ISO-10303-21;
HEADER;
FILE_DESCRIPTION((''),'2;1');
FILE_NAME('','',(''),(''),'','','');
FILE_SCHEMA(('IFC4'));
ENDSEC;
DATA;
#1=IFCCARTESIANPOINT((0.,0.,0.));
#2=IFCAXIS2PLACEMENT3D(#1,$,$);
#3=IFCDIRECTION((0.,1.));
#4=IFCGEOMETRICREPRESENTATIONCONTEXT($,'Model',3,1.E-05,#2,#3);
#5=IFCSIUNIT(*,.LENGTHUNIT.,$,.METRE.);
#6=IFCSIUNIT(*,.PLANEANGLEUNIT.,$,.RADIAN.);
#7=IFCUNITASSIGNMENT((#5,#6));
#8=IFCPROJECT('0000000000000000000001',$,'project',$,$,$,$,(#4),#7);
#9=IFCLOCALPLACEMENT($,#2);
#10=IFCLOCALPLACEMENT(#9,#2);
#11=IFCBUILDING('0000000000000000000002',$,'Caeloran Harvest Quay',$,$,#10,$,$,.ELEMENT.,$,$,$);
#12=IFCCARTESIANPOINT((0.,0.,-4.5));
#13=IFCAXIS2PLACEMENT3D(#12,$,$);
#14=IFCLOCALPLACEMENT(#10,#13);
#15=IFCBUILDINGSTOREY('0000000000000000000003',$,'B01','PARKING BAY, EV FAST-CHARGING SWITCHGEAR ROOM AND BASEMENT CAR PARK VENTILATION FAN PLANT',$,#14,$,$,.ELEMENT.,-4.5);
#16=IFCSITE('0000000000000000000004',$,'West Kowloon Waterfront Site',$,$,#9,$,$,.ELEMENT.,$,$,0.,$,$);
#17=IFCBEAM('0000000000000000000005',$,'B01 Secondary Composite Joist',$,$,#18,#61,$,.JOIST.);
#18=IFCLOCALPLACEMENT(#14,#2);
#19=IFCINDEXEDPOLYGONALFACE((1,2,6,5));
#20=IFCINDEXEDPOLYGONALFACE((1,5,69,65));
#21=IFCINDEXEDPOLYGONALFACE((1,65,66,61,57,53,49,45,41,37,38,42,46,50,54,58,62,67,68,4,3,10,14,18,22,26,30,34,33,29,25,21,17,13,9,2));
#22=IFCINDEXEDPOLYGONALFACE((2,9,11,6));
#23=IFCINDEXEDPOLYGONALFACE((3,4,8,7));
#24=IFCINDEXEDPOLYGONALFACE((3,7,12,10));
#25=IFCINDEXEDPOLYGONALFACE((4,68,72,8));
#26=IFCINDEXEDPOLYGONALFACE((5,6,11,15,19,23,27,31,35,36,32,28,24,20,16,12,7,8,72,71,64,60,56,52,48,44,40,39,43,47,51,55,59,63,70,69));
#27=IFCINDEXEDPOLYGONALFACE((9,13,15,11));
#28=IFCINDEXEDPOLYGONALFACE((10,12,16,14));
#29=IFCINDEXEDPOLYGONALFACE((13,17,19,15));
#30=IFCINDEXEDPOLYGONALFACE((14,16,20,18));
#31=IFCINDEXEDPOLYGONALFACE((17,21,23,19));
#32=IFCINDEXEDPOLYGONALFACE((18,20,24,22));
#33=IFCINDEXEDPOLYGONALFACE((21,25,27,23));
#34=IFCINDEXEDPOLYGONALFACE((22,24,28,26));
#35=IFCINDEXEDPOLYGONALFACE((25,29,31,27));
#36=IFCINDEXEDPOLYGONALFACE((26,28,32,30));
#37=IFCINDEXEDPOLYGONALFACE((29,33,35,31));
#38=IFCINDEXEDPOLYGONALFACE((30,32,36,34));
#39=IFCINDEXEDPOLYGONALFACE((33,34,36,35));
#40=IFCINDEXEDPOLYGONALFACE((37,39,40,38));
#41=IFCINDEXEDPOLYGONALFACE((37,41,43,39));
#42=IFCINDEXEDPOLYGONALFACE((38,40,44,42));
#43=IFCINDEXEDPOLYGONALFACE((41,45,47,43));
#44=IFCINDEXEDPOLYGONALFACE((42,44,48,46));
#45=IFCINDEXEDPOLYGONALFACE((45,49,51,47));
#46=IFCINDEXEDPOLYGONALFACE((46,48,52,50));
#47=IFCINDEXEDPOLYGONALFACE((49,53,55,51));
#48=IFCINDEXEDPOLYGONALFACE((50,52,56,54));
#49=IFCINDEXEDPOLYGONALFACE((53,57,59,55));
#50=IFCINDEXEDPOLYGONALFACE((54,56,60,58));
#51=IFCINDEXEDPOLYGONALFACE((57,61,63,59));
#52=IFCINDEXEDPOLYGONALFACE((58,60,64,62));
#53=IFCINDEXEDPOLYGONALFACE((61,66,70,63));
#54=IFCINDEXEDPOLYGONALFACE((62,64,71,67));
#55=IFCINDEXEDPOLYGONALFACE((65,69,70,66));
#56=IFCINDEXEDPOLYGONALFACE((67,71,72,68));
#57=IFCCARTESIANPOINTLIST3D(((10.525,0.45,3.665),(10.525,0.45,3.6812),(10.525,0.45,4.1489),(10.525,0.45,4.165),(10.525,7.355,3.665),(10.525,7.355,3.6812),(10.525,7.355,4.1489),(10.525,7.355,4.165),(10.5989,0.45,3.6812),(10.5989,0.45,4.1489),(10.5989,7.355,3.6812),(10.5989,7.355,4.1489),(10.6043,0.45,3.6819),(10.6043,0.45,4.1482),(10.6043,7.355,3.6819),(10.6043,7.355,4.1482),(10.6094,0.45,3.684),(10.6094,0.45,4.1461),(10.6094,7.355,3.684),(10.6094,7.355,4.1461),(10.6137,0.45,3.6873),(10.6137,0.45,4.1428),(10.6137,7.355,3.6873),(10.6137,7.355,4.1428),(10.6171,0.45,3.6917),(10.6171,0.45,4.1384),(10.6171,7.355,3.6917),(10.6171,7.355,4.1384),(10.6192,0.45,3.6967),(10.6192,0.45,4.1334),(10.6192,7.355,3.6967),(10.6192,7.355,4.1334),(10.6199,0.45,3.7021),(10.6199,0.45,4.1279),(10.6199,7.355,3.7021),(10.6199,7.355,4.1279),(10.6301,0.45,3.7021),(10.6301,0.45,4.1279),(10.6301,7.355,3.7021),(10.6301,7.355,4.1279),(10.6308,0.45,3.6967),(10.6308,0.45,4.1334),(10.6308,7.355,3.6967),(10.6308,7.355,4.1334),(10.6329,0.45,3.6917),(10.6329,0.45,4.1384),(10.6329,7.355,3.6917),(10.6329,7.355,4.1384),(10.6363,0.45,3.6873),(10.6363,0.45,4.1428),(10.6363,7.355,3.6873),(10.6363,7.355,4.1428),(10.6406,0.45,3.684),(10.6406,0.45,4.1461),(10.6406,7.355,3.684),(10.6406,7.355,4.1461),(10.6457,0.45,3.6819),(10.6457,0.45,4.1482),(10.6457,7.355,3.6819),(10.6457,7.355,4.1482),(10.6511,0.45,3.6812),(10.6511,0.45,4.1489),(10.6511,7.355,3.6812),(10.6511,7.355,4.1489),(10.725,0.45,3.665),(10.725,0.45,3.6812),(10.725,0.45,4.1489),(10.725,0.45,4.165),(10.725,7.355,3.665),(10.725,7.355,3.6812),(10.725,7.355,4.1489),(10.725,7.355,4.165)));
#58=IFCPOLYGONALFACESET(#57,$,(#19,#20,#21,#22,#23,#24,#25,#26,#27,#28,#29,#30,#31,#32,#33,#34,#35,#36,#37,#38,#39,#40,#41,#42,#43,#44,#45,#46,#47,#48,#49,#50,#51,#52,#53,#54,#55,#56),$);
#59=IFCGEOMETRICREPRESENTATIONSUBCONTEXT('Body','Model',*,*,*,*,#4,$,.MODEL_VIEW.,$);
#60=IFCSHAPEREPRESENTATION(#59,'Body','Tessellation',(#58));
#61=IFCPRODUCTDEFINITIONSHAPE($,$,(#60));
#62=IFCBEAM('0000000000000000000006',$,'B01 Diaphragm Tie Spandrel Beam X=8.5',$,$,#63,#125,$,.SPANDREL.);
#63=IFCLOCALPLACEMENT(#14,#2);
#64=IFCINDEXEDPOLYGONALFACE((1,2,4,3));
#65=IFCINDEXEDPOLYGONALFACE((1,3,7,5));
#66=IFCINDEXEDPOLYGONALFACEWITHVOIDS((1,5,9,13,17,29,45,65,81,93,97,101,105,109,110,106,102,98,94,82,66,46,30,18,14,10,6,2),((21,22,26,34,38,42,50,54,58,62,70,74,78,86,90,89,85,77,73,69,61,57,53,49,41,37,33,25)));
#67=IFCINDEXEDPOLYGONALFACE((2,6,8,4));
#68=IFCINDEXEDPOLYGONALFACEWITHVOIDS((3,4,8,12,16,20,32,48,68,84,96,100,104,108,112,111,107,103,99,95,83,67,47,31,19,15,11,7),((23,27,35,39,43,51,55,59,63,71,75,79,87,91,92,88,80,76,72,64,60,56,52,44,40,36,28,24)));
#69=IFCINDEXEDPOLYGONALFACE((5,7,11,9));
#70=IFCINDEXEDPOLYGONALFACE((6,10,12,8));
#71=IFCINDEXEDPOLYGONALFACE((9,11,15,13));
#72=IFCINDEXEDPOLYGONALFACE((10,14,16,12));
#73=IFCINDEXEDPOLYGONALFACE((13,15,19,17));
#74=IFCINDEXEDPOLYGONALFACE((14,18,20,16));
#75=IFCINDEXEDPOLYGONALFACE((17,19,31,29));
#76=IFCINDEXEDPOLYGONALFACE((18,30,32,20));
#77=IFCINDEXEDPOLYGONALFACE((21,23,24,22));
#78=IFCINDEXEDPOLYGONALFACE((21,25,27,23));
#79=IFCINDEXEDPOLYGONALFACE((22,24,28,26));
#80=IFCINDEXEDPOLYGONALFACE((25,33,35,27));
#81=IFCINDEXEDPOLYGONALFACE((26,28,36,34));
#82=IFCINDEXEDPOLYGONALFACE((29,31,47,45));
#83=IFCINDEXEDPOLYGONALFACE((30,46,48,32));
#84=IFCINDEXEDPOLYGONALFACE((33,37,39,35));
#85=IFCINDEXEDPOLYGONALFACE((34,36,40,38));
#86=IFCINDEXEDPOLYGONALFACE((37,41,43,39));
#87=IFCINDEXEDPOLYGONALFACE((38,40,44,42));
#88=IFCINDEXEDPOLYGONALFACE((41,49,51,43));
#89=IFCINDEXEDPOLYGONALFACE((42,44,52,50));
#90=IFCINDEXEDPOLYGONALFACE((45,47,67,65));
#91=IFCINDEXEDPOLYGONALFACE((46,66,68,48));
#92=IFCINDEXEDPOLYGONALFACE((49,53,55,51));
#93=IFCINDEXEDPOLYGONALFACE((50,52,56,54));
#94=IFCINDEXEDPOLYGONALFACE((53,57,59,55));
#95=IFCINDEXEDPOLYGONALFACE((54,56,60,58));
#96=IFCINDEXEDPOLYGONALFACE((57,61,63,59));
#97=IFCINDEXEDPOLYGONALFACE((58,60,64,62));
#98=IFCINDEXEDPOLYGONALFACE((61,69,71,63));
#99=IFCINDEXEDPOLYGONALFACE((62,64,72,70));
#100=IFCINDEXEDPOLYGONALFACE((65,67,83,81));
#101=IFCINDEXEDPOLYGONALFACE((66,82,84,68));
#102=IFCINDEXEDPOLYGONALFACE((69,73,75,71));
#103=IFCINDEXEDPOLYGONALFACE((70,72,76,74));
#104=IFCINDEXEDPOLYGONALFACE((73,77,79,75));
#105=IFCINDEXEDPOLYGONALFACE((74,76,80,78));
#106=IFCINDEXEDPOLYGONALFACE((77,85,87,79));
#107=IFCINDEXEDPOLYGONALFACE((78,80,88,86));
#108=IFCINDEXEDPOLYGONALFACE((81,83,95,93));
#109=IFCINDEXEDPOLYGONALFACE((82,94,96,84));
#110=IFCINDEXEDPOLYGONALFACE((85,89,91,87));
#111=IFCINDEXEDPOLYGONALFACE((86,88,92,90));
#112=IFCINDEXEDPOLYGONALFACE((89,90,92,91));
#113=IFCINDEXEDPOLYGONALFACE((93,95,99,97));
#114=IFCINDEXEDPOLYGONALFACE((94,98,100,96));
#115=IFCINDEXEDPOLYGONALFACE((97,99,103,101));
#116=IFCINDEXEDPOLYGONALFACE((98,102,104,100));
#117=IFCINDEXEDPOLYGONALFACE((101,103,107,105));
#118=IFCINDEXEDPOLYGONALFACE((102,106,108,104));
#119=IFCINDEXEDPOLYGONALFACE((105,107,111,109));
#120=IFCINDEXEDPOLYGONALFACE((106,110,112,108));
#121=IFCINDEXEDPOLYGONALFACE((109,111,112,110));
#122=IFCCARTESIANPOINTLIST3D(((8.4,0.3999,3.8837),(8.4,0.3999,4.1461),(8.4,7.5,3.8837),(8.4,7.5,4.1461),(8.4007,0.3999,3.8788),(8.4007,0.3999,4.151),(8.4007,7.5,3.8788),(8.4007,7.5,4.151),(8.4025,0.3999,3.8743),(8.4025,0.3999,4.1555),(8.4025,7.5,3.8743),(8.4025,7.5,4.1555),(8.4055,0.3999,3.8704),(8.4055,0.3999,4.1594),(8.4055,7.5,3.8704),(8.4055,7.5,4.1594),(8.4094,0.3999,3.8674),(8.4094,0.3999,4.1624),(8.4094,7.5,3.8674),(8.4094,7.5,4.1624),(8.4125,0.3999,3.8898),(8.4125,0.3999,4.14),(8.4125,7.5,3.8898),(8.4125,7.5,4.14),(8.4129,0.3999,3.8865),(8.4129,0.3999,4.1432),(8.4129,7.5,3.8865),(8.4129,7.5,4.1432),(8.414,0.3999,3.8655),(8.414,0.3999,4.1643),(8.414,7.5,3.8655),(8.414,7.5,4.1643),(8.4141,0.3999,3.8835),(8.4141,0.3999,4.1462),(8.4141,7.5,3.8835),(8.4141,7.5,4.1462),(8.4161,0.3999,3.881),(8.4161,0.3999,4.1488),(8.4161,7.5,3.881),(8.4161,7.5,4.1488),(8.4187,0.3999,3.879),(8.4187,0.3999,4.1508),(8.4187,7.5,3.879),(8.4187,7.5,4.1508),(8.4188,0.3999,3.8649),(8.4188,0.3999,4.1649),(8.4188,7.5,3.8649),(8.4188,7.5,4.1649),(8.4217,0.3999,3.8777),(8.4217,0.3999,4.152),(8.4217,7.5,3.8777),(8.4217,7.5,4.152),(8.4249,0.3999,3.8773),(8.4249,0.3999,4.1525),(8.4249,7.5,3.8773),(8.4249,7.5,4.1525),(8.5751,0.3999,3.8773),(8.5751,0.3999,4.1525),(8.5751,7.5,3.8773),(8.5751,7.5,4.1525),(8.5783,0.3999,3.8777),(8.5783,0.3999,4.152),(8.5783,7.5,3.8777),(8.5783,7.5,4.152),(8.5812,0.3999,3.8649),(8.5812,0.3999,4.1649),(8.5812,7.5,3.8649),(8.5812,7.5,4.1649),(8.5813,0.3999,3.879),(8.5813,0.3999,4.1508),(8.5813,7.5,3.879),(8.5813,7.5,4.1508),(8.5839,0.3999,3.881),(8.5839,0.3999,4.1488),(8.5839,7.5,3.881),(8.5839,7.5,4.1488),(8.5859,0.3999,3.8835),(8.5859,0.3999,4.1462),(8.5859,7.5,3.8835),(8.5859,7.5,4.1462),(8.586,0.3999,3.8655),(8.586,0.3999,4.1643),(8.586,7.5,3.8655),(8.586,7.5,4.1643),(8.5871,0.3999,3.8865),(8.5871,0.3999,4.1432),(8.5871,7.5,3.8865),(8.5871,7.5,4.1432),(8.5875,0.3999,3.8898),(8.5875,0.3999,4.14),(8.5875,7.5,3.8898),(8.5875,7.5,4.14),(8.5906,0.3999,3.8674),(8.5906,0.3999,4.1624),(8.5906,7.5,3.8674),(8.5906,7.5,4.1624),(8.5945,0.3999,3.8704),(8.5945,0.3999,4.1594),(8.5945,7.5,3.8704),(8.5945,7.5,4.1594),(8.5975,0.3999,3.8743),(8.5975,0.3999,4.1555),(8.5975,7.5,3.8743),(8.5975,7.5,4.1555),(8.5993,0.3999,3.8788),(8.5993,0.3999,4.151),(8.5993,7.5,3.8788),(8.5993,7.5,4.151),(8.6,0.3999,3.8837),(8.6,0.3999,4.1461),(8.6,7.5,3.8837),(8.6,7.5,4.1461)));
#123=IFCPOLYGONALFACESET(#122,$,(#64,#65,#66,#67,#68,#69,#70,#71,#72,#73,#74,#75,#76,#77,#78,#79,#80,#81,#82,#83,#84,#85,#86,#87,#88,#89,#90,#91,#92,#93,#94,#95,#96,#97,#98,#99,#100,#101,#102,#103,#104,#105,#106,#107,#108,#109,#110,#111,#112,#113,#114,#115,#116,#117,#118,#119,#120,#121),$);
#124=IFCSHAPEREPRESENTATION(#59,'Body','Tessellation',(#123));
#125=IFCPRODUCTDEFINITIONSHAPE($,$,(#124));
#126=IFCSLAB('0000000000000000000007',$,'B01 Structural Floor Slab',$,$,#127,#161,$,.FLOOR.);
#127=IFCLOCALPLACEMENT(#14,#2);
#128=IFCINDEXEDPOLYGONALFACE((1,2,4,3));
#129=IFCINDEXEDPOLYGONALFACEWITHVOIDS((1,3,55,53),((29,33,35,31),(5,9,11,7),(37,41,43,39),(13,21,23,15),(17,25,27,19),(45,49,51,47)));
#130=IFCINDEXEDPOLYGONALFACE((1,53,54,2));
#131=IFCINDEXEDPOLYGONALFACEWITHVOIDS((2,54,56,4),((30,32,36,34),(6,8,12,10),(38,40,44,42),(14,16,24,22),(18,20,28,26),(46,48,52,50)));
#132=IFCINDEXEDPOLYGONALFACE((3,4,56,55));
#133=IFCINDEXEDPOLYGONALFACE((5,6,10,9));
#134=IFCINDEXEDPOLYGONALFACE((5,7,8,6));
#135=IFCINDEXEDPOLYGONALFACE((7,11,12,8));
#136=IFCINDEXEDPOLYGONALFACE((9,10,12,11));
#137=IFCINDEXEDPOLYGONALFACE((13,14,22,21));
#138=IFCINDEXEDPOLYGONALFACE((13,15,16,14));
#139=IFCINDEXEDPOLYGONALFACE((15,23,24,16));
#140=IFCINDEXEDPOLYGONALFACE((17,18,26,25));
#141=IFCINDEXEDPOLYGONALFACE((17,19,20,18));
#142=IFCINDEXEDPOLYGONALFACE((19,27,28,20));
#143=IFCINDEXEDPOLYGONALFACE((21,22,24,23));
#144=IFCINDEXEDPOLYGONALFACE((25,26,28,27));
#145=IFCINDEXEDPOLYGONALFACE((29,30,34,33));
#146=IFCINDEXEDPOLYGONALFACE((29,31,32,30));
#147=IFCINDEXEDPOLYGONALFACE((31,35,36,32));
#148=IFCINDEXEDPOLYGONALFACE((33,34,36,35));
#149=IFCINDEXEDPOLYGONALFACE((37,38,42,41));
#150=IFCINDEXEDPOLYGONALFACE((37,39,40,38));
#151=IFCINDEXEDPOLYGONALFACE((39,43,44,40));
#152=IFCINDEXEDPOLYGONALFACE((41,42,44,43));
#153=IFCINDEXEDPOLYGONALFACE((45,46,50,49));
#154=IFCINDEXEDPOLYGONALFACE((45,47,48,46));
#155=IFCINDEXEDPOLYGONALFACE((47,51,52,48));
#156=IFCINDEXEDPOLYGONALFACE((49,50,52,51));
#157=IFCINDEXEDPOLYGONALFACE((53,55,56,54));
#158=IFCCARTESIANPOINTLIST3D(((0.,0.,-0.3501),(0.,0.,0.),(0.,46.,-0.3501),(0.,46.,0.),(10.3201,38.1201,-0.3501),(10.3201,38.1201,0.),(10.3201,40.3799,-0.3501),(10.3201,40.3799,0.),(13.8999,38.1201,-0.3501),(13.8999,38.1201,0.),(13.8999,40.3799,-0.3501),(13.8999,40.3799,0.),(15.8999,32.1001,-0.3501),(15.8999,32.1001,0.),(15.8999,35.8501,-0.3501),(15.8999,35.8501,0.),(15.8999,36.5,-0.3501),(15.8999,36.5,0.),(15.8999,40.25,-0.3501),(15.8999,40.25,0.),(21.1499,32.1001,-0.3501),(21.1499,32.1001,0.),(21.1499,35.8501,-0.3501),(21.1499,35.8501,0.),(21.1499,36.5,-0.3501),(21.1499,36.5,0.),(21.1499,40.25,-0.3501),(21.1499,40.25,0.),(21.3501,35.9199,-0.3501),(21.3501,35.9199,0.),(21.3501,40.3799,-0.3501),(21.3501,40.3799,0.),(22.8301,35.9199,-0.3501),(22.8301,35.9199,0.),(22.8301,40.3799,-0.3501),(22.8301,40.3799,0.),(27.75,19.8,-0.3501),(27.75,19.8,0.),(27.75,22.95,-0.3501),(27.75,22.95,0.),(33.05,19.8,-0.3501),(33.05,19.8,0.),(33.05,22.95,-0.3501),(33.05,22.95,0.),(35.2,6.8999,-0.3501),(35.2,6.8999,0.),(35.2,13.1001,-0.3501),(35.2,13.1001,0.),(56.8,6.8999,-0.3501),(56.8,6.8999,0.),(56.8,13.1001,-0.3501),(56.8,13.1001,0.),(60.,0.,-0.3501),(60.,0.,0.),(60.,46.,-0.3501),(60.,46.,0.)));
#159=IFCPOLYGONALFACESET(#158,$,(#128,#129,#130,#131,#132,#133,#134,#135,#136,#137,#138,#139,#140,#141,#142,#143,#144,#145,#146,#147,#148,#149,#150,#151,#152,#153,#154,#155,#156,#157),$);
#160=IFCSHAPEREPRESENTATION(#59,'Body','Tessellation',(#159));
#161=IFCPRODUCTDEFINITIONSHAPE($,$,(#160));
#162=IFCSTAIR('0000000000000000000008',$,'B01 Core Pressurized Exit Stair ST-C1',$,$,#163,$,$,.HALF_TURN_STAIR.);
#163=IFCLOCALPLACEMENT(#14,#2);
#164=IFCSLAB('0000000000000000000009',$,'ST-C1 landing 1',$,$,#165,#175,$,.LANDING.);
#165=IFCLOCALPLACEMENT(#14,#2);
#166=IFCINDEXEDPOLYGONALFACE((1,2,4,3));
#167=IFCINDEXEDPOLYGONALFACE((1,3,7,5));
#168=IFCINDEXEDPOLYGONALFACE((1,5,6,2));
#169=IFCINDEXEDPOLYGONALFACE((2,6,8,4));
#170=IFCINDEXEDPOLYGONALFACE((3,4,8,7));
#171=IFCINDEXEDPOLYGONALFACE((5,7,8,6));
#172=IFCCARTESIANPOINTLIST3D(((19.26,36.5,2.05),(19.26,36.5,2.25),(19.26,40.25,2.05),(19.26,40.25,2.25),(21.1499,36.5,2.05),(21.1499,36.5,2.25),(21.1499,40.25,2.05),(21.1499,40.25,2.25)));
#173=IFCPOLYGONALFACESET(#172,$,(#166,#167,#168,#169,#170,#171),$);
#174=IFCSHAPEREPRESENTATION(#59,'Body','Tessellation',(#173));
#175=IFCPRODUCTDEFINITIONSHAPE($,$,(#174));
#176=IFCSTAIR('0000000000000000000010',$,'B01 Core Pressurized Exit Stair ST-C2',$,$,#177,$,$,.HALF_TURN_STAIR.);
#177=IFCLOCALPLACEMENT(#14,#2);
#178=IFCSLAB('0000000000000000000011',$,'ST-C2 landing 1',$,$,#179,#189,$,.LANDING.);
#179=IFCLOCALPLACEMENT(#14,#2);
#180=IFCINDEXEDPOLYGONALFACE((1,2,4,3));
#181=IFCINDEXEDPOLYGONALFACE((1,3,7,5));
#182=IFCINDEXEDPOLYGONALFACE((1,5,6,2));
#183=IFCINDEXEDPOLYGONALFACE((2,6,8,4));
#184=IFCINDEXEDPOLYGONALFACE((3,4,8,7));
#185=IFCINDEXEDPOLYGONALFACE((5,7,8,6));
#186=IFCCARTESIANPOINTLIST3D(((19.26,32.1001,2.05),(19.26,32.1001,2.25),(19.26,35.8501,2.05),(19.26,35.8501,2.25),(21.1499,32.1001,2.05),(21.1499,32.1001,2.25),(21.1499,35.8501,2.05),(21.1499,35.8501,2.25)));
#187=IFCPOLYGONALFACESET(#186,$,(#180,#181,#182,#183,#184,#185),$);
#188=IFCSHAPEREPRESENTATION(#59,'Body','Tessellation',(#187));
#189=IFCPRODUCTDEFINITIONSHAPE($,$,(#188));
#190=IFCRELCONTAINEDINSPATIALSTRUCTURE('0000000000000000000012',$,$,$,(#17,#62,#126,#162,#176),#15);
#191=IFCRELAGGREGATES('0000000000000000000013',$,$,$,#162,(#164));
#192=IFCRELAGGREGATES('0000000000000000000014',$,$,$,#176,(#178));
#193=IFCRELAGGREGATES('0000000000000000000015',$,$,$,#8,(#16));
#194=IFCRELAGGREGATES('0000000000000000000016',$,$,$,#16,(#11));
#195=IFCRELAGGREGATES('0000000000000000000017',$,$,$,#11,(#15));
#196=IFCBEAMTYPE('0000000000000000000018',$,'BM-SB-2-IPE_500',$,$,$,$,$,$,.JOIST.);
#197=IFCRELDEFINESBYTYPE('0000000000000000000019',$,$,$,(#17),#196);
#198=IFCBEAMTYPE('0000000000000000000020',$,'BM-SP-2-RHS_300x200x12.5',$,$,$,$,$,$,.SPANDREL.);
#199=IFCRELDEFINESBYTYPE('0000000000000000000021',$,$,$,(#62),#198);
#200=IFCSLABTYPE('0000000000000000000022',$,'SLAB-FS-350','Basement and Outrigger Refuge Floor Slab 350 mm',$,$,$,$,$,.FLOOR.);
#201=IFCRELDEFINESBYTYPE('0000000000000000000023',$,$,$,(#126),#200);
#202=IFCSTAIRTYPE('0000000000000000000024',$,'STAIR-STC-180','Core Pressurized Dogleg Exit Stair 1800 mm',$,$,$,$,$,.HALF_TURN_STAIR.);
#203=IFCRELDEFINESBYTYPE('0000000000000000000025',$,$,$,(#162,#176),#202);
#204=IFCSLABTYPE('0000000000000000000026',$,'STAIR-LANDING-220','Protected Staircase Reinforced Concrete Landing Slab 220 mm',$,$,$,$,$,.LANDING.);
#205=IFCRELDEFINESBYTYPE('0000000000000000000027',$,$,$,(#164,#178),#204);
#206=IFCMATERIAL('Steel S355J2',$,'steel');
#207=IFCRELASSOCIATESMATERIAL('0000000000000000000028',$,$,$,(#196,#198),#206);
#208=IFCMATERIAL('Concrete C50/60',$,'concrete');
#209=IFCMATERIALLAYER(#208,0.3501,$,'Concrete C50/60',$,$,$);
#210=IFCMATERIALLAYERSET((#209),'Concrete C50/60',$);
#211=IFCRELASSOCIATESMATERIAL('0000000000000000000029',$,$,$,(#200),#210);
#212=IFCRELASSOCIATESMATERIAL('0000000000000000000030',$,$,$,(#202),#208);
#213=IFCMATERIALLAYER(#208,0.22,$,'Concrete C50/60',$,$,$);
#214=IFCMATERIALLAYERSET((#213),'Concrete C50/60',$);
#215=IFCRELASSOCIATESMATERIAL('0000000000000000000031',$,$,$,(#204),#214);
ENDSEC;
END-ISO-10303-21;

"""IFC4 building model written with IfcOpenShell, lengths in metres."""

from ifc_helpers import new_model, si_unit, direction, frame, origin, origin_2d, place, context, subcontext, project, spatial, polyline, hollow_rectangle, i_section, outline, extrude, material, layer, layer_set, material_profile, profile_set, type_object, element, aggregate, save


model = new_model("IFC4")

# Units and contexts
model_context = context("Model", 3, precision=1e-05, world=origin(), true_north=direction((0.0, 1.0)))
body_context = subcontext(model_context, "Body", "Model", "MODEL_VIEW")
ifc_project = project(units=[si_unit("LENGTHUNIT", "METRE"), si_unit("PLANEANGLEUNIT", "RADIAN")], contexts=[model_context])

# Site, building, storey
site_placement = place(None, origin())
site = spatial("IfcSite", under=ifc_project, at=site_placement, Name="West Kowloon Waterfront Site", CompositionType="ELEMENT", RefElevation=0.0)
building_placement = place(site_placement, origin())
building = spatial("IfcBuilding", under=site, at=building_placement, Name="Caeloran Harvest Quay", CompositionType="ELEMENT")
storey_placement = place(building_placement, frame((0.0, 0.0, -4.5)))
storey = spatial("IfcBuildingStorey", under=building, at=storey_placement, Name="B01", Description="PARKING BAY, EV FAST-CHARGING SWITCHGEAR ROOM AND BASEMENT CAR PARK VENTILATION FAN PLANT", CompositionType="ELEMENT", Elevation=-4.5)

# Beams
ifc_material_1 = material(Name="Steel S355J2", Category="steel")
ifc_material_profile_1 = material_profile(ifc_material_1, i_section(OverallWidth=0.2, OverallDepth=0.5, WebThickness=0.0103, FlangeThickness=0.0161, FilletRadius=0.021, at=origin_2d()), Name="IPE 500")
ifc_profile_set_1 = profile_set([ifc_material_profile_1], Name="Steel S355J2")
beam_type_1 = type_object("IfcBeamType", Name="BM-SB-2-IPE_500", PredefinedType="JOIST", material=ifc_profile_set_1)
for number, where, z_axis, x_axis, name in (
    (1, (10.625, 0.45, 3.915), (0.0, 1.0, 0.0), (-1.0, 0.0, 0.0), "B01 Secondary Composite Joist"),
):
    element("IfcBeam", number, at=place(storey_placement, frame(where, z_axis=z_axis, x_axis=x_axis)), inside=storey, type_object=beam_type_1, Name=name, PredefinedType="JOIST", context=body_context, shape_type="SweptSolid", body=[
        extrude(i_section(OverallWidth=0.2, OverallDepth=0.5, WebThickness=0.0103, FlangeThickness=0.0161, FilletRadius=0.021, at=origin_2d()), origin(), (0.0, 0.0, 1.0), 6.905),
    ])
ifc_material_profile_2 = material_profile(ifc_material_1, hollow_rectangle(XDim=0.2, YDim=0.3, WallThickness=0.0125, InnerFilletRadius=0.0125, OuterFilletRadius=0.0188, at=origin_2d()), Name="RHS 300x200x12.5")
ifc_profile_set_2 = profile_set([ifc_material_profile_2], Name="Steel S355J2")
beam_type_2 = type_object("IfcBeamType", Name="BM-SP-2-RHS_300x200x12.5", PredefinedType="SPANDREL", material=ifc_profile_set_2)
beam_placement = place(storey_placement, frame((8.5, 0.3999, 4.0149), z_axis=(0.0, 1.0, 0.0), x_axis=(-1.0, 0.0, 0.0)))
element("IfcBeam", 2, at=beam_placement, inside=storey, type_object=beam_type_2, Name="B01 Diaphragm Tie Spandrel Beam X=8.5", PredefinedType="SPANDREL", context=body_context, shape_type="SweptSolid", body=[
    extrude(hollow_rectangle(XDim=0.2, YDim=0.3, WallThickness=0.0125, InnerFilletRadius=0.0125, OuterFilletRadius=0.0188, at=origin_2d()), origin(), (0.0, 0.0, 1.0), 7.1001),
])

# Slab
ifc_material_2 = material(Name="Concrete C50/60", Category="concrete")
ifc_layer_1 = layer(ifc_material_2, 0.3501, Name="Concrete C50/60")
ifc_layer_set_1 = layer_set([ifc_layer_1], Name="Concrete C50/60")
slab_type_1 = type_object("IfcSlabType", Name="SLAB-FS-350", Description="Basement and Outrigger Refuge Floor Slab 350 mm", PredefinedType="FLOOR", material=ifc_layer_set_1)
slab_1_placement = place(storey_placement, frame((0.0, 0.0, -0.3501)))
element("IfcSlab", 3, at=slab_1_placement, inside=storey, type_object=slab_type_1, Name="B01 Structural Floor Slab", PredefinedType="FLOOR", context=body_context, shape_type="SweptSolid", body=[
    extrude(outline(polyline([(0.0, 0.0), (60.0, 0.0), (60.0, 46.0), (0.0, 46.0), (0.0, 0.0)]), holes=[polyline([(56.8, 13.1001), (56.8, 6.8999), (35.2, 6.8999), (35.2, 13.1001), (56.8, 13.1001)]), polyline([(27.75, 19.8), (27.75, 22.95), (33.05, 22.95), (33.05, 19.8), (27.75, 19.8)]), polyline([(15.8999, 32.1001), (15.8999, 35.8501), (21.1499, 35.8501), (21.1499, 32.1001), (15.8999, 32.1001)]), polyline([(22.8301, 40.3799), (22.8301, 35.9199), (21.3501, 35.9199), (21.3501, 40.3799), (22.8301, 40.3799)]), polyline([(15.8999, 36.5), (15.8999, 40.25), (21.1499, 40.25), (21.1499, 36.5), (15.8999, 36.5)]), polyline([(13.8999, 38.1201), (10.3201, 38.1201), (10.3201, 40.3799), (13.8999, 40.3799), (13.8999, 38.1201)])]), origin(), (0.0, 0.0, 1.0), 0.3501),
])

# Stairs, slabs
stair_type_1 = type_object("IfcStairType", Name="STAIR-STC-180", Description="Core Pressurized Dogleg Exit Stair 1800 mm", PredefinedType="HALF_TURN_STAIR", material=ifc_material_2)
stair_1_placement = place(storey_placement, origin())
stair_1 = element("IfcStair", 4, at=stair_1_placement, inside=storey, type_object=stair_type_1, Name="B01 Core Pressurized Exit Stair ST-C1", PredefinedType="HALF_TURN_STAIR")
ifc_layer_2 = layer(ifc_material_2, 0.22, Name="Concrete C50/60")
ifc_layer_set_2 = layer_set([ifc_layer_2], Name="Concrete C50/60")
slab_type_2 = type_object("IfcSlabType", Name="STAIR-LANDING-220", Description="Protected Staircase Reinforced Concrete Landing Slab 220 mm", PredefinedType="LANDING", material=ifc_layer_set_2)
slab_2_placement = place(storey_placement, frame((0.0, 0.0, 2.05)))
slab_2 = element("IfcSlab", 5, at=slab_2_placement, type_object=slab_type_2, Name="ST-C1 landing 1", PredefinedType="LANDING", context=body_context, shape_type="SweptSolid", body=[
    extrude(outline(polyline([(19.26, 36.5), (21.1499, 36.5), (21.1499, 40.25), (19.26, 40.25), (19.26, 36.5)])), origin(), (0.0, 0.0, 1.0), 0.2),
])
aggregate(stair_1, [slab_2])
stair_2_placement = place(storey_placement, origin())
stair_2 = element("IfcStair", 6, at=stair_2_placement, inside=storey, type_object=stair_type_1, Name="B01 Core Pressurized Exit Stair ST-C2", PredefinedType="HALF_TURN_STAIR")
slab_3_placement = place(storey_placement, frame((0.0, 0.0, 2.05)))
slab_3 = element("IfcSlab", 7, at=slab_3_placement, type_object=slab_type_2, Name="ST-C2 landing 1", PredefinedType="LANDING", context=body_context, shape_type="SweptSolid", body=[
    extrude(outline(polyline([(19.26, 32.1001), (21.1499, 32.1001), (21.1499, 35.8501), (19.26, 35.8501), (19.26, 32.1001)])), origin(), (0.0, 0.0, 1.0), 0.2),
])
aggregate(stair_2, [slab_3])

save(model, "model.ifc")
